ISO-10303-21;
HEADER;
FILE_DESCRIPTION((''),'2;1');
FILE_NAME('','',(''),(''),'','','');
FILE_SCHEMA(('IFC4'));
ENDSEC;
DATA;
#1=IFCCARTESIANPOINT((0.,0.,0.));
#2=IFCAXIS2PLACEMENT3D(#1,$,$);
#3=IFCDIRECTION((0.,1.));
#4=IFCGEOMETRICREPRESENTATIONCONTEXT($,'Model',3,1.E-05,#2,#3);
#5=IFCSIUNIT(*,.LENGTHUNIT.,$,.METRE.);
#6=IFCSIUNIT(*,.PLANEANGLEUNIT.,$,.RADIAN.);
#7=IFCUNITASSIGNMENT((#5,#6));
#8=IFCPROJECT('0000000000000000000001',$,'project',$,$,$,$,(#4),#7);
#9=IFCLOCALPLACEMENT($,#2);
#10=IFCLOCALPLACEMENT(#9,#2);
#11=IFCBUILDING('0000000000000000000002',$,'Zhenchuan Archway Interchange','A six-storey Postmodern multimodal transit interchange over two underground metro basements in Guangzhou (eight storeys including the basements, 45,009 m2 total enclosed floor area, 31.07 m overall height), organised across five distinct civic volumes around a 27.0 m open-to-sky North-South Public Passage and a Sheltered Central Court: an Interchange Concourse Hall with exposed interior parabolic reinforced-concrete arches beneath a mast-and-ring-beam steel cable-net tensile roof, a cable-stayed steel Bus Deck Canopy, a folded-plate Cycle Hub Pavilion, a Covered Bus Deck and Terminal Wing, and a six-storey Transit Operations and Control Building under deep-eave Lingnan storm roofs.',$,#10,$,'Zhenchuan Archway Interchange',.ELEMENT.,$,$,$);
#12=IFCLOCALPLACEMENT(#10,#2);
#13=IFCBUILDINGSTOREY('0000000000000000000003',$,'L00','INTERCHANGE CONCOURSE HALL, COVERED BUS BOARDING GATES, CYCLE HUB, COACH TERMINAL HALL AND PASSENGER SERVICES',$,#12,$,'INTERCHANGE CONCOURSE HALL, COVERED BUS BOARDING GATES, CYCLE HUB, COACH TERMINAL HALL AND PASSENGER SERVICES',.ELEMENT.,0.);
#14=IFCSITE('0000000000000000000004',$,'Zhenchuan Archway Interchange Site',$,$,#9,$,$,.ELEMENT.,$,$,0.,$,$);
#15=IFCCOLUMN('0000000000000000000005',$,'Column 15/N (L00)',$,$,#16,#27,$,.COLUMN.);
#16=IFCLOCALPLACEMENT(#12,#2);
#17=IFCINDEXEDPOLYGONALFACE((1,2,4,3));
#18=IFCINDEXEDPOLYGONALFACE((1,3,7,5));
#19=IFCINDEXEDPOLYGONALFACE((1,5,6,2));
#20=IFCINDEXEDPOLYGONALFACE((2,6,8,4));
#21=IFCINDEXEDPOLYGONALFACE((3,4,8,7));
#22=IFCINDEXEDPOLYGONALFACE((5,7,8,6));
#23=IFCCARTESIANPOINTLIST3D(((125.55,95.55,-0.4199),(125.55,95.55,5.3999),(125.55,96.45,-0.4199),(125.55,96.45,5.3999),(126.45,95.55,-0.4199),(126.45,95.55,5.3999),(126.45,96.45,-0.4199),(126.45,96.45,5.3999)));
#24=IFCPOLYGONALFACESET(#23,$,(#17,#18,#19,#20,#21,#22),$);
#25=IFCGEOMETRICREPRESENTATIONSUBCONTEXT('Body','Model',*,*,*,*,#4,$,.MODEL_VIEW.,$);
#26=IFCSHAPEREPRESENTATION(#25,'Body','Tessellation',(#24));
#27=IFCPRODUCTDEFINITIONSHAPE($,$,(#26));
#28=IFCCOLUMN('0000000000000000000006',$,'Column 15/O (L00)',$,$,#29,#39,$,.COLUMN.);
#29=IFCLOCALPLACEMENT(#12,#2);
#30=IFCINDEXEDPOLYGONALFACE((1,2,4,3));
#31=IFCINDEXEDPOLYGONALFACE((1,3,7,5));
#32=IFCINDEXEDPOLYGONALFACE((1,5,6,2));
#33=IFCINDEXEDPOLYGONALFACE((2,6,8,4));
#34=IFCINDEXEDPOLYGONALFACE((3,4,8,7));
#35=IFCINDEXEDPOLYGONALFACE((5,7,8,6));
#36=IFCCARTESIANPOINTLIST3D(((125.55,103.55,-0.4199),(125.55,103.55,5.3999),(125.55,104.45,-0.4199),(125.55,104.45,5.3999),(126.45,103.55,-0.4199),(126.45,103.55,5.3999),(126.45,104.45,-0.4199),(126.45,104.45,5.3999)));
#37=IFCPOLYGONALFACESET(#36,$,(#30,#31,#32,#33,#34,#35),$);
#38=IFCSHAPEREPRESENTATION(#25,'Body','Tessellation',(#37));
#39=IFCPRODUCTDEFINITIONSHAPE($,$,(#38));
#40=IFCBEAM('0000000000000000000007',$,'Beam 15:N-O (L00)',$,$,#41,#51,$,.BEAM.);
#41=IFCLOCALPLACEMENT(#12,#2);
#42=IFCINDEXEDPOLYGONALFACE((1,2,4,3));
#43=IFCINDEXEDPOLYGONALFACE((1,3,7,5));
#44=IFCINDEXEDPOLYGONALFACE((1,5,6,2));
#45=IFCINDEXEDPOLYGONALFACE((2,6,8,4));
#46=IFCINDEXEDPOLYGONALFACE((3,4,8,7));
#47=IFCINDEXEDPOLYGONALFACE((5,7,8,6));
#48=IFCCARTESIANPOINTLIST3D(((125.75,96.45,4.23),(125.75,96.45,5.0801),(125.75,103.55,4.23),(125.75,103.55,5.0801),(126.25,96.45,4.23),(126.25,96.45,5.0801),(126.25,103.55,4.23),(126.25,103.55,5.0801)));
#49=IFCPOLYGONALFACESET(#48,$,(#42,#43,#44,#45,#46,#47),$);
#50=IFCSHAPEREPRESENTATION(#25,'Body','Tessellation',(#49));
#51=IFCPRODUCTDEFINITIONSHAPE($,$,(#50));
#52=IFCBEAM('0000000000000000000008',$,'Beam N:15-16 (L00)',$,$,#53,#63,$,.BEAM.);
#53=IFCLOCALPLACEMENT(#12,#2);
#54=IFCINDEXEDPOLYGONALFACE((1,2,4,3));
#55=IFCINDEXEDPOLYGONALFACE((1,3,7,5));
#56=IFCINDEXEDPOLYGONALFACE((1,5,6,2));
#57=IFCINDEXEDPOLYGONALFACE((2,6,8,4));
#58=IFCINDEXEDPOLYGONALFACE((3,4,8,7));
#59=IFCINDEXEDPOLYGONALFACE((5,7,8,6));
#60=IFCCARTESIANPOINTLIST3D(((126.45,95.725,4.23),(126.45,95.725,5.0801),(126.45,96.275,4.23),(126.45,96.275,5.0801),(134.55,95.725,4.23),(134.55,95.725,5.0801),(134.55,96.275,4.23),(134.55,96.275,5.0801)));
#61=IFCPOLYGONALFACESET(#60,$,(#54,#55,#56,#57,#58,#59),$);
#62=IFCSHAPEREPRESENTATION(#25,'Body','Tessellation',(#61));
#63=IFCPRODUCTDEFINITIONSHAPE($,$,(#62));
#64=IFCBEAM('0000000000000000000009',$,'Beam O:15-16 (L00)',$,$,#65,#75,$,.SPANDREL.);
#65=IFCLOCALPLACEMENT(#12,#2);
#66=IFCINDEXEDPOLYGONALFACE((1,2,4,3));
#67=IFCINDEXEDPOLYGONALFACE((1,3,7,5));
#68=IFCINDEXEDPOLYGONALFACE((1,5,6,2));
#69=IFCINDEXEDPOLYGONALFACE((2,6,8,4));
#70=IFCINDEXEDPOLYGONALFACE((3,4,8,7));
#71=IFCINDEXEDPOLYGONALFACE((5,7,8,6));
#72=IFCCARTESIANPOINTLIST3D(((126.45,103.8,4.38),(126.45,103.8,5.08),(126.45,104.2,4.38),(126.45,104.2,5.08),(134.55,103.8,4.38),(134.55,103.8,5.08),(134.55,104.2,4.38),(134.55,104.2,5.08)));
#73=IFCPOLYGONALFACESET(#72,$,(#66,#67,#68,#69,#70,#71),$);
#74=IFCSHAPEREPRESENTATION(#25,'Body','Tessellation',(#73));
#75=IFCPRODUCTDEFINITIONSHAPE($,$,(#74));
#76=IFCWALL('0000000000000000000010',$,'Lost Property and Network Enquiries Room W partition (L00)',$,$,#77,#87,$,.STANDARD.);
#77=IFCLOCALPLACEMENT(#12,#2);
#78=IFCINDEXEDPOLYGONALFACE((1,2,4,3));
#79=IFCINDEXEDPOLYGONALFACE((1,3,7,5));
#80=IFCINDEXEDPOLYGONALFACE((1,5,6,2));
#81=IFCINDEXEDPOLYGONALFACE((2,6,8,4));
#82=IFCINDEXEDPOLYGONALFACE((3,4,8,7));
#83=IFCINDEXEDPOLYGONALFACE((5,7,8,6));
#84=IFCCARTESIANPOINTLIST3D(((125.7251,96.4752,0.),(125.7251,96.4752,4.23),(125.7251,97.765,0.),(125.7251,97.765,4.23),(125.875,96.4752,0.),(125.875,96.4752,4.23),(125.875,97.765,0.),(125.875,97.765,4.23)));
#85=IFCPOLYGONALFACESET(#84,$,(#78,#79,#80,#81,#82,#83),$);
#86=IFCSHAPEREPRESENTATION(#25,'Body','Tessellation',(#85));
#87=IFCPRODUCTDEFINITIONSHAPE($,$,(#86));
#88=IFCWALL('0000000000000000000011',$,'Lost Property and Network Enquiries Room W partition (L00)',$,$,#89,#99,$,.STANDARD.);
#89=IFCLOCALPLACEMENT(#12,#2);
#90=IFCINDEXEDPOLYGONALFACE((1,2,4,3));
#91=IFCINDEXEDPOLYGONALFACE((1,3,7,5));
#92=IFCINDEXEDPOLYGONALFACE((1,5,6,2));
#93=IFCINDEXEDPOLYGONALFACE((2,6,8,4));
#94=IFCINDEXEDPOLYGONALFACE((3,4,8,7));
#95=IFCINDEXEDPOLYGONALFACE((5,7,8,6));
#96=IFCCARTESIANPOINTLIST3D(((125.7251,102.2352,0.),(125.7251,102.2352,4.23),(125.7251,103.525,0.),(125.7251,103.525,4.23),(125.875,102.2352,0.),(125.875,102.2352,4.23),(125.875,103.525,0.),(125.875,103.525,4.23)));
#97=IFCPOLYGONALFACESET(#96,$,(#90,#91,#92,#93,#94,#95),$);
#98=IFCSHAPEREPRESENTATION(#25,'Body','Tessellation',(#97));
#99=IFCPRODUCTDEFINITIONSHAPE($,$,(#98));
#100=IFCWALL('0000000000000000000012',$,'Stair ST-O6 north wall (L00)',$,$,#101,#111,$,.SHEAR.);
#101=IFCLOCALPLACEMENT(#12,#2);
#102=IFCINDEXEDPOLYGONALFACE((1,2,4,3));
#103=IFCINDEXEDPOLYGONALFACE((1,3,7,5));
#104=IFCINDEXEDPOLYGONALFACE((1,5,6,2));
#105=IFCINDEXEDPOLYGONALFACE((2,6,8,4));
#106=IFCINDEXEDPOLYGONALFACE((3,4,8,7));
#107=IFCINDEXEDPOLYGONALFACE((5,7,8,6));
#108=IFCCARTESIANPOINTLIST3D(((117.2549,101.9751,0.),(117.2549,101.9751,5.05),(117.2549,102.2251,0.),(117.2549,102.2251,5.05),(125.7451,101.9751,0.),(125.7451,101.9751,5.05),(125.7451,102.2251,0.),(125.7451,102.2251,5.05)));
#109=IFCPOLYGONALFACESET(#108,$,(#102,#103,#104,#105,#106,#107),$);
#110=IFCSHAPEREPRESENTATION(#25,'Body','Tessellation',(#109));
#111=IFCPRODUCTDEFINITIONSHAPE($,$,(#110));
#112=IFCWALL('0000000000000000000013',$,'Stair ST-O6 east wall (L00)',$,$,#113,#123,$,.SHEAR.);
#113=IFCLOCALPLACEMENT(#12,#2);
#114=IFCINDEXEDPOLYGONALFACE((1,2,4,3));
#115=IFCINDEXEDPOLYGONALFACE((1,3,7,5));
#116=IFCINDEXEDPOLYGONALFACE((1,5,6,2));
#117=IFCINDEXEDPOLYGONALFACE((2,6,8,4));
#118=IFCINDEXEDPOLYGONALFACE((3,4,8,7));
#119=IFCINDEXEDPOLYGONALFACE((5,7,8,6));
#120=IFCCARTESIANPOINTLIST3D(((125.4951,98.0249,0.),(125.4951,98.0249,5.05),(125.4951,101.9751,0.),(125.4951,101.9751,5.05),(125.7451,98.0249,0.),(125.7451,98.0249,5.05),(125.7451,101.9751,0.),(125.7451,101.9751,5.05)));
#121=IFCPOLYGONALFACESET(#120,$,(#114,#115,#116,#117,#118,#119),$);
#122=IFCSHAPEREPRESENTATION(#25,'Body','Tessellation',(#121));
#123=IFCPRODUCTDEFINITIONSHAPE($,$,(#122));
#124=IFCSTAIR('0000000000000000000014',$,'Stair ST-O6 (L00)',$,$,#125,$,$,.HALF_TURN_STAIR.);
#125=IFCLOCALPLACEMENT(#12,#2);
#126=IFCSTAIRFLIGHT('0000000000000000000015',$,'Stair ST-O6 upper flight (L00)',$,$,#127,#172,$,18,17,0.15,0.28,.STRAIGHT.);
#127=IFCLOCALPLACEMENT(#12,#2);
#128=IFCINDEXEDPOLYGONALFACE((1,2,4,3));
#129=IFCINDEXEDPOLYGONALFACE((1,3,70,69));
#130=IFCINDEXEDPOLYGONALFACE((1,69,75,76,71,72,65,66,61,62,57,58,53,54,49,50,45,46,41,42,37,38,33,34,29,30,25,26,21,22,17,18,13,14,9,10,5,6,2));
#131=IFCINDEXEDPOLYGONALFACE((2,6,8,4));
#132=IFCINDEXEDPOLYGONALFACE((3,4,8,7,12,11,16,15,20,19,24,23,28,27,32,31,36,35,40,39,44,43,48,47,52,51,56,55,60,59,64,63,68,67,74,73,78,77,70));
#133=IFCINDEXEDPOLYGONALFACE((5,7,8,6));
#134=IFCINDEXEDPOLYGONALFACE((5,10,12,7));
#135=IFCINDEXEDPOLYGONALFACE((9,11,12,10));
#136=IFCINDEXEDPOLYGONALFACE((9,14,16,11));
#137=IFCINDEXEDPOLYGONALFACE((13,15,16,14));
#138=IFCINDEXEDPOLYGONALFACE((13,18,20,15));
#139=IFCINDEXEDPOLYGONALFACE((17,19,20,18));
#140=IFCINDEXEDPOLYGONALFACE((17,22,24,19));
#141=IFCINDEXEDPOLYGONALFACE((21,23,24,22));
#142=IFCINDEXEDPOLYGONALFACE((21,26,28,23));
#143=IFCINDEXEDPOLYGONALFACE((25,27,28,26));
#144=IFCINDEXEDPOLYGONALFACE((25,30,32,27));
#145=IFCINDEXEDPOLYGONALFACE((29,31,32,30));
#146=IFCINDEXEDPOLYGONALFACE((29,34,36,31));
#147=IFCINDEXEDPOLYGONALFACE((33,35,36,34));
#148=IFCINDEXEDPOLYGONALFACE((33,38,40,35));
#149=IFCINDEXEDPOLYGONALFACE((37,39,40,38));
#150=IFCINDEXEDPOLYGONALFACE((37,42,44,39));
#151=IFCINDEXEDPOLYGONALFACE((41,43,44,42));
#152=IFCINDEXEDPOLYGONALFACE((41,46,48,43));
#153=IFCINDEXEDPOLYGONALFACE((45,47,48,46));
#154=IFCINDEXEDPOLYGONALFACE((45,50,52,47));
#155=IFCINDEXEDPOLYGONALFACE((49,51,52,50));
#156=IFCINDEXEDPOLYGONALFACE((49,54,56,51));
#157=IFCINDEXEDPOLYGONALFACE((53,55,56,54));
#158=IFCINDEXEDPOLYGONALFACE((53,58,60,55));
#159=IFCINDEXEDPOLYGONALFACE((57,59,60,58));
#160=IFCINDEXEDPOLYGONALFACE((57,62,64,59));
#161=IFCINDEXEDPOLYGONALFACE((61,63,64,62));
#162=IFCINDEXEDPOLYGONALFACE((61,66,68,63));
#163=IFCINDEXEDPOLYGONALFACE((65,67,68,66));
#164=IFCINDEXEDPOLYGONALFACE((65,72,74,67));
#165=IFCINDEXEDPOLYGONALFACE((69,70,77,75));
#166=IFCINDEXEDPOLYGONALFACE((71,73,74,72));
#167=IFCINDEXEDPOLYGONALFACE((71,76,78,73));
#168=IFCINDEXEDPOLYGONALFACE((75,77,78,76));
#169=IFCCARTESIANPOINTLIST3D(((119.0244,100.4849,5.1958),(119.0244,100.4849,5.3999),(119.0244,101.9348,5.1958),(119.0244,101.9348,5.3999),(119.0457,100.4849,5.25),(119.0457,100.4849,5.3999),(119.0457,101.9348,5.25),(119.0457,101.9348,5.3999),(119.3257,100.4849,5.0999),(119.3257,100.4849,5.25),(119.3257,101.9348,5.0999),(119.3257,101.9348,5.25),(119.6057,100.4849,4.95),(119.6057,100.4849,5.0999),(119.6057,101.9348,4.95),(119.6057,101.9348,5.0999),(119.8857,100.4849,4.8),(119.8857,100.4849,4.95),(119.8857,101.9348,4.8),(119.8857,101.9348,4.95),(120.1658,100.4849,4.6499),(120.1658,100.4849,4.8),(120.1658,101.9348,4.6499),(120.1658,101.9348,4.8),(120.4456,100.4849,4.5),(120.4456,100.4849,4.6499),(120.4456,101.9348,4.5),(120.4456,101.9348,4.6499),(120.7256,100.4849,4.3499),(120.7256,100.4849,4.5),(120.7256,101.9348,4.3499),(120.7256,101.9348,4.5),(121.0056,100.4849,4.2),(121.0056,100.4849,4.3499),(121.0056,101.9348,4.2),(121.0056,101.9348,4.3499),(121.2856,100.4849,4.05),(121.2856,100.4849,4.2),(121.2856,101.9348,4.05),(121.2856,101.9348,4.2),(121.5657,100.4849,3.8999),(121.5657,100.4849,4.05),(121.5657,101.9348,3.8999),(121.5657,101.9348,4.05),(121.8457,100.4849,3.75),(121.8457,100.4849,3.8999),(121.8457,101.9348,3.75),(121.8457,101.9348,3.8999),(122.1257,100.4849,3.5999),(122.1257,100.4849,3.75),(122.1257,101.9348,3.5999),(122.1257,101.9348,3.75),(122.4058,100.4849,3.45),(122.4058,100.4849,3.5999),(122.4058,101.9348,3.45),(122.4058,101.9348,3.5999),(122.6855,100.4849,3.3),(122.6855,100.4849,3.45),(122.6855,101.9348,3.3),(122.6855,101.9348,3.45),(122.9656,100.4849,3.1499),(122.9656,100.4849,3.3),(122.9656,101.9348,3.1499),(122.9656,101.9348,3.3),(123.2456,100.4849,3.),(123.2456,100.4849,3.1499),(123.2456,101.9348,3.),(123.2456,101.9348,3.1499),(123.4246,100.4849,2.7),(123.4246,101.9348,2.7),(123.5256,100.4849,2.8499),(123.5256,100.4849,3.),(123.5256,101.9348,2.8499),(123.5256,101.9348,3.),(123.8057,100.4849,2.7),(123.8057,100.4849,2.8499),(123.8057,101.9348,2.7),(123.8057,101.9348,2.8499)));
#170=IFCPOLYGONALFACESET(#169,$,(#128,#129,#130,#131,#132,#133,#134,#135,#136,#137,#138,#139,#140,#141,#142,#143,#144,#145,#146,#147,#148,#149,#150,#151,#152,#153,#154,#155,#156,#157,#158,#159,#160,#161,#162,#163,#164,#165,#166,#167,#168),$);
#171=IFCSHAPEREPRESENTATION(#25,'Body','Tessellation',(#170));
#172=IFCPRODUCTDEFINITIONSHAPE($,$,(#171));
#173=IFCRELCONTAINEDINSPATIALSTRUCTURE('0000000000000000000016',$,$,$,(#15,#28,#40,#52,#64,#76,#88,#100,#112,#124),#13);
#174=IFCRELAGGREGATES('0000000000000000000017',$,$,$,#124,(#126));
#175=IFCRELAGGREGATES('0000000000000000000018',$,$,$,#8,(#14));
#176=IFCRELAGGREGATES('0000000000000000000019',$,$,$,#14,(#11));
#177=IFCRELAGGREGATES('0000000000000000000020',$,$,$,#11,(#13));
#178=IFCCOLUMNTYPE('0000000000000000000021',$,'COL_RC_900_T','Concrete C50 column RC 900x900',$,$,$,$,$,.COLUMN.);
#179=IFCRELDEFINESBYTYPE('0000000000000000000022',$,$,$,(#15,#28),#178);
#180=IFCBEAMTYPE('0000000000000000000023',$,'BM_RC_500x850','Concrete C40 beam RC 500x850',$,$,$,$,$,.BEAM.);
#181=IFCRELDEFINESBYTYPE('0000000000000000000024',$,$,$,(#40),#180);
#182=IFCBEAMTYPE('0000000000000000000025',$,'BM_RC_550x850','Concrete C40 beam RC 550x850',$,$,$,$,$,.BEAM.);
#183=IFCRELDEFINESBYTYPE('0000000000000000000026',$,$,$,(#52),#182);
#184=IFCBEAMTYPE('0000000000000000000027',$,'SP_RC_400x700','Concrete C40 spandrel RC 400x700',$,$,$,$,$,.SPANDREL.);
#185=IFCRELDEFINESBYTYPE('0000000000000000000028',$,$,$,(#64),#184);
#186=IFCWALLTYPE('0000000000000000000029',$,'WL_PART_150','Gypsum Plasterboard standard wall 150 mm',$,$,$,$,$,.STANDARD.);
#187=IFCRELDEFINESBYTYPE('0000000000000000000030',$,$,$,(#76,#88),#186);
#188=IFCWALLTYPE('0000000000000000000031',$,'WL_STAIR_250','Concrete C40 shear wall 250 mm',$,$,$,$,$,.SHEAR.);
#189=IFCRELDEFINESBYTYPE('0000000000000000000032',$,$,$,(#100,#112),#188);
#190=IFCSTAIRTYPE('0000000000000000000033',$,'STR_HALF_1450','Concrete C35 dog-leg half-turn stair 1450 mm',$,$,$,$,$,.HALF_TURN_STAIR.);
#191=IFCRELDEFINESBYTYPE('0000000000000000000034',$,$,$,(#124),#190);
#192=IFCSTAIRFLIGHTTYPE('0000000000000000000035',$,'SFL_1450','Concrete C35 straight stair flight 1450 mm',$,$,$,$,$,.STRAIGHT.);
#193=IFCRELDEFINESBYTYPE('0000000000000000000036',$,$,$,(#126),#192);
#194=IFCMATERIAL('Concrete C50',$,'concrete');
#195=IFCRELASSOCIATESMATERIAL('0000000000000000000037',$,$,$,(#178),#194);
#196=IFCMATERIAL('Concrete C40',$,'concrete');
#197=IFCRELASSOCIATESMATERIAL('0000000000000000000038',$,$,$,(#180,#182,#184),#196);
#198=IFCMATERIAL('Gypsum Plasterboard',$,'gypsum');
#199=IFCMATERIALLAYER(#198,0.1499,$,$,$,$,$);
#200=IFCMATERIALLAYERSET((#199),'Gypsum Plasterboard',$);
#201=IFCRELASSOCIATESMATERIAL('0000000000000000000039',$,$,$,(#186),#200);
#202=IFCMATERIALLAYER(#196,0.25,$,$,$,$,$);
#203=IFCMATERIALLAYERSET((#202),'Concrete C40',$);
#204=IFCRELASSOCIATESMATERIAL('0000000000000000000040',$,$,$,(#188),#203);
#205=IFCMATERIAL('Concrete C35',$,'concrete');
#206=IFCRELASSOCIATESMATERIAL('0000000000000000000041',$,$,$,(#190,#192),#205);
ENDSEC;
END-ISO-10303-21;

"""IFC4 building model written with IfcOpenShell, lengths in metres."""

from ifc_helpers import new_model, si_unit, direction, frame, frame_2d, origin, origin_2d, place, context, subcontext, project, spatial, polyline, rectangle, outline, extrude, material, layer, layer_set, material_profile, profile_set, type_object, element, aggregate, save


model = new_model("IFC4")

# Units and contexts
model_context = context("Model", 3, precision=1e-05, world=origin(), true_north=direction((0.0, 1.0)))
body_context = subcontext(model_context, "Body", "Model", "MODEL_VIEW")
ifc_project = project(units=[si_unit("LENGTHUNIT", "METRE"), si_unit("PLANEANGLEUNIT", "RADIAN")], contexts=[model_context])

# Site, building, storey
site_placement = place(None, origin())
site = spatial("IfcSite", under=ifc_project, at=site_placement, Name="Zhenchuan Archway Interchange Site", CompositionType="ELEMENT", RefElevation=0.0)
building_placement = place(site_placement, origin())
building = spatial("IfcBuilding", under=site, at=building_placement, Name="Zhenchuan Archway Interchange", Description="A six-storey Postmodern multimodal transit interchange over two underground metro basements in Guangzhou (eight storeys including the basements, 45,009 m2 total enclosed floor area, 31.07 m overall height), organised across five distinct civic volumes around a 27.0 m open-to-sky North-South Public Passage and a Sheltered Central Court: an Interchange Concourse Hall with exposed interior parabolic reinforced-concrete arches beneath a mast-and-ring-beam steel cable-net tensile roof, a cable-stayed steel Bus Deck Canopy, a folded-plate Cycle Hub Pavilion, a Covered Bus Deck and Terminal Wing, and a six-storey Transit Operations and Control Building under deep-eave Lingnan storm roofs.", LongName="Zhenchuan Archway Interchange", CompositionType="ELEMENT")
storey_placement = place(building_placement, origin())
storey = spatial("IfcBuildingStorey", under=building, at=storey_placement, Name="L00", Description="INTERCHANGE CONCOURSE HALL, COVERED BUS BOARDING GATES, CYCLE HUB, COACH TERMINAL HALL AND PASSENGER SERVICES", LongName="INTERCHANGE CONCOURSE HALL, COVERED BUS BOARDING GATES, CYCLE HUB, COACH TERMINAL HALL AND PASSENGER SERVICES", CompositionType="ELEMENT", Elevation=0.0)

# Shared definitions
ifc_material_1 = material(Name="Concrete C40", Category="concrete")

# Shared definitions
ifc_material_2 = material(Name="Concrete C35", Category="concrete")

# Columns
ifc_material_3 = material(Name="Concrete C50", Category="concrete")
ifc_material_profile_1 = material_profile(ifc_material_3, rectangle(XDim=0.8999, YDim=0.8999, at=origin_2d()), Name="RC 900x900")
ifc_profile_set_1 = profile_set([ifc_material_profile_1], Name="Concrete C50")
column_type = type_object("IfcColumnType", Name="COL_RC_900_T", Description="Concrete C50 column RC 900x900", PredefinedType="COLUMN", material=ifc_profile_set_1)
for number, where, z_axis, x_axis, name in (
    (1, (126.0, 96.0, -0.4199), (0.0, 0.0, 1.0), (1.0, 0.0, 0.0), "Column 15/N (L00)"),
    (2, (126.0, 104.0, -0.4199), (0.0, 0.0, 1.0), (1.0, 0.0, 0.0), "Column 15/O (L00)"),
):
    element("IfcColumn", number, at=place(storey_placement, frame(where, z_axis=z_axis, x_axis=x_axis)), inside=storey, type_object=column_type, Name=name, PredefinedType="COLUMN", context=body_context, shape_type="SweptSolid", body=[
        extrude(rectangle(XDim=0.8999, YDim=0.8999, at=origin_2d()), origin(), (0.0, 0.0, 1.0), 5.8198),
    ])

# Beams
ifc_material_profile_2 = material_profile(ifc_material_1, rectangle(XDim=0.5, YDim=0.8501, at=origin_2d()), Name="RC 500x850")
ifc_profile_set_2 = profile_set([ifc_material_profile_2], Name="Concrete C40")
beam_type_1 = type_object("IfcBeamType", Name="BM_RC_500x850", Description="Concrete C40 beam RC 500x850", PredefinedType="BEAM", material=ifc_profile_set_2)
beam_1_placement = place(storey_placement, frame((126.0, 96.45, 4.655), z_axis=(0.0, 1.0, 0.0), x_axis=(-1.0, 0.0, 0.0)))
element("IfcBeam", 3, at=beam_1_placement, inside=storey, type_object=beam_type_1, Name="Beam 15:N-O (L00)", PredefinedType="BEAM", context=body_context, shape_type="SweptSolid", body=[
    extrude(rectangle(XDim=0.5, YDim=0.8501, at=origin_2d()), origin(), (0.0, 0.0, 1.0), 7.1001),
])
ifc_material_profile_3 = material_profile(ifc_material_1, rectangle(XDim=0.55, YDim=0.8501, at=origin_2d()), Name="RC 550x850")
ifc_profile_set_3 = profile_set([ifc_material_profile_3], Name="Concrete C40")
beam_type_2 = type_object("IfcBeamType", Name="BM_RC_550x850", Description="Concrete C40 beam RC 550x850", PredefinedType="BEAM", material=ifc_profile_set_3)
beam_2_placement = place(storey_placement, frame((126.45, 96.0, 4.655), z_axis=(1.0, 0.0, 0.0), x_axis=(0.0, 1.0, 0.0)))
element("IfcBeam", 4, at=beam_2_placement, inside=storey, type_object=beam_type_2, Name="Beam N:15-16 (L00)", PredefinedType="BEAM", context=body_context, shape_type="SweptSolid", body=[
    extrude(rectangle(XDim=0.55, YDim=0.8501, at=origin_2d()), origin(), (0.0, 0.0, 1.0), 8.1001),
])
ifc_material_profile_4 = material_profile(ifc_material_1, rectangle(XDim=0.3999, YDim=0.7, at=origin_2d()), Name="RC 400x700")
ifc_profile_set_4 = profile_set([ifc_material_profile_4], Name="Concrete C40")
beam_type_3 = type_object("IfcBeamType", Name="SP_RC_400x700", Description="Concrete C40 spandrel RC 400x700", PredefinedType="SPANDREL", material=ifc_profile_set_4)
beam_3_placement = place(storey_placement, frame((126.45, 104.0, 4.73), z_axis=(1.0, 0.0, 0.0), x_axis=(0.0, 1.0, 0.0)))
element("IfcBeam", 5, at=beam_3_placement, inside=storey, type_object=beam_type_3, Name="Beam O:15-16 (L00)", PredefinedType="SPANDREL", context=body_context, shape_type="SweptSolid", body=[
    extrude(rectangle(XDim=0.3999, YDim=0.7, at=origin_2d()), origin(), (0.0, 0.0, 1.0), 8.1001),
])

# Walls
ifc_material_4 = material(Name="Gypsum Plasterboard", Category="gypsum")
ifc_layer_1 = layer(ifc_material_4, 0.1499)
ifc_layer_set_1 = layer_set([ifc_layer_1], Name="Gypsum Plasterboard")
wall_type_1 = type_object("IfcWallType", Name="WL_PART_150", Description="Gypsum Plasterboard standard wall 150 mm", PredefinedType="STANDARD", material=ifc_layer_set_1)
for number, where, z_axis, x_axis, name in (
    (6, (125.8, 96.4751, 0.0), (0.0, 0.0, 1.0), (0.0, 1.0, 0.0), "Lost Property and Network Enquiries Room W partition (L00)"),
    (7, (125.8, 102.2351, 0.0), (0.0, 0.0, 1.0), (0.0, 1.0, 0.0), "Lost Property and Network Enquiries Room W partition (L00)"),
):
    element("IfcWall", number, at=place(storey_placement, frame(where, z_axis=z_axis, x_axis=x_axis)), inside=storey, type_object=wall_type_1, Name=name, PredefinedType="STANDARD", context=body_context, shape_type="SweptSolid", body=[
        extrude(rectangle(XDim=1.2898, YDim=0.1499, at=frame_2d((0.645, 0.0))), origin(), (0.0, 0.0, 1.0), 4.23),
    ])
ifc_layer_2 = layer(ifc_material_1, 0.25)
ifc_layer_set_2 = layer_set([ifc_layer_2], Name="Concrete C40")
wall_type_2 = type_object("IfcWallType", Name="WL_STAIR_250", Description="Concrete C40 shear wall 250 mm", PredefinedType="SHEAR", material=ifc_layer_set_2)
wall_1_placement = place(storey_placement, frame((125.7451, 102.1001, 0.0), z_axis=(0.0, 0.0, 1.0), x_axis=(-1.0, 0.0, 0.0)))
element("IfcWall", 8, at=wall_1_placement, inside=storey, type_object=wall_type_2, Name="Stair ST-O6 north wall (L00)", PredefinedType="SHEAR", context=body_context, shape_type="SweptSolid", body=[
    extrude(rectangle(XDim=8.4902, YDim=0.25, at=frame_2d((4.2451, 0.0))), origin(), (0.0, 0.0, 1.0), 5.05),
])
wall_2_placement = place(storey_placement, frame((125.6201, 98.0249, 0.0), z_axis=(0.0, 0.0, 1.0), x_axis=(0.0, 1.0, 0.0)))
element("IfcWall", 9, at=wall_2_placement, inside=storey, type_object=wall_type_2, Name="Stair ST-O6 east wall (L00)", PredefinedType="SHEAR", context=body_context, shape_type="SweptSolid", body=[
    extrude(rectangle(XDim=3.9502, YDim=0.25, at=frame_2d((1.9751, 0.0))), origin(), (0.0, 0.0, 1.0), 5.05),
])

# Stair, stair flight
stair_type = type_object("IfcStairType", Name="STR_HALF_1450", Description="Concrete C35 dog-leg half-turn stair 1450 mm", PredefinedType="HALF_TURN_STAIR", material=ifc_material_2)
stair_placement = place(storey_placement, origin())
stair = element("IfcStair", 10, at=stair_placement, inside=storey, type_object=stair_type, Name="Stair ST-O6 (L00)", PredefinedType="HALF_TURN_STAIR")
stair_flight_type = type_object("IfcStairFlightType", Name="SFL_1450", Description="Concrete C35 straight stair flight 1450 mm", PredefinedType="STRAIGHT", material=ifc_material_2)
stair_flight_placement = place(storey_placement, frame((123.8057, 101.21, 2.7), z_axis=(0.0, 0.0, 1.0), x_axis=(-1.0, 0.0, 0.0)))
stair_flight = element("IfcStairFlight", 11, at=stair_flight_placement, type_object=stair_flight_type, Name="Stair ST-O6 upper flight (L00)", NumberOfRisers=18, NumberOfTreads=17, PredefinedType="STRAIGHT", RiserHeight=0.15, TreadLength=0.28, context=body_context, shape_type="SweptSolid", body=[
    extrude(outline(polyline([(0.0, 0.0), (0.0, 0.1499), (0.28, 0.1499), (0.28, 0.3), (0.5601, 0.3), (0.5601, 0.45), (0.8401, 0.45), (0.8401, 0.6001), (1.1201, 0.6001), (1.1201, 0.75), (1.3999, 0.75), (1.3999, 0.8999), (1.6799, 0.8999), (1.6799, 1.05), (1.96, 1.05), (1.96, 1.2), (2.24, 1.2), (2.24, 1.3501), (2.52, 1.3501), (2.52, 1.5), (2.8, 1.5), (2.8, 1.6499), (3.0801, 1.6499), (3.0801, 1.8), (3.3601, 1.8), (3.3601, 1.95), (3.6399, 1.95), (3.6399, 2.1001), (3.9199, 2.1001), (3.9199, 2.25), (4.2, 2.25), (4.2, 2.3999), (4.48, 2.3999), (4.48, 2.55), (4.76, 2.55), (4.76, 2.7), (4.7812, 2.7), (4.7812, 2.4958), (0.3811, 0.0), (0.0, 0.0)])), frame((0.0, 0.7251, 0.0), z_axis=(0.0, -1.0, 0.0), x_axis=(1.0, 0.0, 0.0)), (0.0, 0.0, 1.0), 1.45),
])
aggregate(stair, [stair_flight])

save(model, "model.ifc")
